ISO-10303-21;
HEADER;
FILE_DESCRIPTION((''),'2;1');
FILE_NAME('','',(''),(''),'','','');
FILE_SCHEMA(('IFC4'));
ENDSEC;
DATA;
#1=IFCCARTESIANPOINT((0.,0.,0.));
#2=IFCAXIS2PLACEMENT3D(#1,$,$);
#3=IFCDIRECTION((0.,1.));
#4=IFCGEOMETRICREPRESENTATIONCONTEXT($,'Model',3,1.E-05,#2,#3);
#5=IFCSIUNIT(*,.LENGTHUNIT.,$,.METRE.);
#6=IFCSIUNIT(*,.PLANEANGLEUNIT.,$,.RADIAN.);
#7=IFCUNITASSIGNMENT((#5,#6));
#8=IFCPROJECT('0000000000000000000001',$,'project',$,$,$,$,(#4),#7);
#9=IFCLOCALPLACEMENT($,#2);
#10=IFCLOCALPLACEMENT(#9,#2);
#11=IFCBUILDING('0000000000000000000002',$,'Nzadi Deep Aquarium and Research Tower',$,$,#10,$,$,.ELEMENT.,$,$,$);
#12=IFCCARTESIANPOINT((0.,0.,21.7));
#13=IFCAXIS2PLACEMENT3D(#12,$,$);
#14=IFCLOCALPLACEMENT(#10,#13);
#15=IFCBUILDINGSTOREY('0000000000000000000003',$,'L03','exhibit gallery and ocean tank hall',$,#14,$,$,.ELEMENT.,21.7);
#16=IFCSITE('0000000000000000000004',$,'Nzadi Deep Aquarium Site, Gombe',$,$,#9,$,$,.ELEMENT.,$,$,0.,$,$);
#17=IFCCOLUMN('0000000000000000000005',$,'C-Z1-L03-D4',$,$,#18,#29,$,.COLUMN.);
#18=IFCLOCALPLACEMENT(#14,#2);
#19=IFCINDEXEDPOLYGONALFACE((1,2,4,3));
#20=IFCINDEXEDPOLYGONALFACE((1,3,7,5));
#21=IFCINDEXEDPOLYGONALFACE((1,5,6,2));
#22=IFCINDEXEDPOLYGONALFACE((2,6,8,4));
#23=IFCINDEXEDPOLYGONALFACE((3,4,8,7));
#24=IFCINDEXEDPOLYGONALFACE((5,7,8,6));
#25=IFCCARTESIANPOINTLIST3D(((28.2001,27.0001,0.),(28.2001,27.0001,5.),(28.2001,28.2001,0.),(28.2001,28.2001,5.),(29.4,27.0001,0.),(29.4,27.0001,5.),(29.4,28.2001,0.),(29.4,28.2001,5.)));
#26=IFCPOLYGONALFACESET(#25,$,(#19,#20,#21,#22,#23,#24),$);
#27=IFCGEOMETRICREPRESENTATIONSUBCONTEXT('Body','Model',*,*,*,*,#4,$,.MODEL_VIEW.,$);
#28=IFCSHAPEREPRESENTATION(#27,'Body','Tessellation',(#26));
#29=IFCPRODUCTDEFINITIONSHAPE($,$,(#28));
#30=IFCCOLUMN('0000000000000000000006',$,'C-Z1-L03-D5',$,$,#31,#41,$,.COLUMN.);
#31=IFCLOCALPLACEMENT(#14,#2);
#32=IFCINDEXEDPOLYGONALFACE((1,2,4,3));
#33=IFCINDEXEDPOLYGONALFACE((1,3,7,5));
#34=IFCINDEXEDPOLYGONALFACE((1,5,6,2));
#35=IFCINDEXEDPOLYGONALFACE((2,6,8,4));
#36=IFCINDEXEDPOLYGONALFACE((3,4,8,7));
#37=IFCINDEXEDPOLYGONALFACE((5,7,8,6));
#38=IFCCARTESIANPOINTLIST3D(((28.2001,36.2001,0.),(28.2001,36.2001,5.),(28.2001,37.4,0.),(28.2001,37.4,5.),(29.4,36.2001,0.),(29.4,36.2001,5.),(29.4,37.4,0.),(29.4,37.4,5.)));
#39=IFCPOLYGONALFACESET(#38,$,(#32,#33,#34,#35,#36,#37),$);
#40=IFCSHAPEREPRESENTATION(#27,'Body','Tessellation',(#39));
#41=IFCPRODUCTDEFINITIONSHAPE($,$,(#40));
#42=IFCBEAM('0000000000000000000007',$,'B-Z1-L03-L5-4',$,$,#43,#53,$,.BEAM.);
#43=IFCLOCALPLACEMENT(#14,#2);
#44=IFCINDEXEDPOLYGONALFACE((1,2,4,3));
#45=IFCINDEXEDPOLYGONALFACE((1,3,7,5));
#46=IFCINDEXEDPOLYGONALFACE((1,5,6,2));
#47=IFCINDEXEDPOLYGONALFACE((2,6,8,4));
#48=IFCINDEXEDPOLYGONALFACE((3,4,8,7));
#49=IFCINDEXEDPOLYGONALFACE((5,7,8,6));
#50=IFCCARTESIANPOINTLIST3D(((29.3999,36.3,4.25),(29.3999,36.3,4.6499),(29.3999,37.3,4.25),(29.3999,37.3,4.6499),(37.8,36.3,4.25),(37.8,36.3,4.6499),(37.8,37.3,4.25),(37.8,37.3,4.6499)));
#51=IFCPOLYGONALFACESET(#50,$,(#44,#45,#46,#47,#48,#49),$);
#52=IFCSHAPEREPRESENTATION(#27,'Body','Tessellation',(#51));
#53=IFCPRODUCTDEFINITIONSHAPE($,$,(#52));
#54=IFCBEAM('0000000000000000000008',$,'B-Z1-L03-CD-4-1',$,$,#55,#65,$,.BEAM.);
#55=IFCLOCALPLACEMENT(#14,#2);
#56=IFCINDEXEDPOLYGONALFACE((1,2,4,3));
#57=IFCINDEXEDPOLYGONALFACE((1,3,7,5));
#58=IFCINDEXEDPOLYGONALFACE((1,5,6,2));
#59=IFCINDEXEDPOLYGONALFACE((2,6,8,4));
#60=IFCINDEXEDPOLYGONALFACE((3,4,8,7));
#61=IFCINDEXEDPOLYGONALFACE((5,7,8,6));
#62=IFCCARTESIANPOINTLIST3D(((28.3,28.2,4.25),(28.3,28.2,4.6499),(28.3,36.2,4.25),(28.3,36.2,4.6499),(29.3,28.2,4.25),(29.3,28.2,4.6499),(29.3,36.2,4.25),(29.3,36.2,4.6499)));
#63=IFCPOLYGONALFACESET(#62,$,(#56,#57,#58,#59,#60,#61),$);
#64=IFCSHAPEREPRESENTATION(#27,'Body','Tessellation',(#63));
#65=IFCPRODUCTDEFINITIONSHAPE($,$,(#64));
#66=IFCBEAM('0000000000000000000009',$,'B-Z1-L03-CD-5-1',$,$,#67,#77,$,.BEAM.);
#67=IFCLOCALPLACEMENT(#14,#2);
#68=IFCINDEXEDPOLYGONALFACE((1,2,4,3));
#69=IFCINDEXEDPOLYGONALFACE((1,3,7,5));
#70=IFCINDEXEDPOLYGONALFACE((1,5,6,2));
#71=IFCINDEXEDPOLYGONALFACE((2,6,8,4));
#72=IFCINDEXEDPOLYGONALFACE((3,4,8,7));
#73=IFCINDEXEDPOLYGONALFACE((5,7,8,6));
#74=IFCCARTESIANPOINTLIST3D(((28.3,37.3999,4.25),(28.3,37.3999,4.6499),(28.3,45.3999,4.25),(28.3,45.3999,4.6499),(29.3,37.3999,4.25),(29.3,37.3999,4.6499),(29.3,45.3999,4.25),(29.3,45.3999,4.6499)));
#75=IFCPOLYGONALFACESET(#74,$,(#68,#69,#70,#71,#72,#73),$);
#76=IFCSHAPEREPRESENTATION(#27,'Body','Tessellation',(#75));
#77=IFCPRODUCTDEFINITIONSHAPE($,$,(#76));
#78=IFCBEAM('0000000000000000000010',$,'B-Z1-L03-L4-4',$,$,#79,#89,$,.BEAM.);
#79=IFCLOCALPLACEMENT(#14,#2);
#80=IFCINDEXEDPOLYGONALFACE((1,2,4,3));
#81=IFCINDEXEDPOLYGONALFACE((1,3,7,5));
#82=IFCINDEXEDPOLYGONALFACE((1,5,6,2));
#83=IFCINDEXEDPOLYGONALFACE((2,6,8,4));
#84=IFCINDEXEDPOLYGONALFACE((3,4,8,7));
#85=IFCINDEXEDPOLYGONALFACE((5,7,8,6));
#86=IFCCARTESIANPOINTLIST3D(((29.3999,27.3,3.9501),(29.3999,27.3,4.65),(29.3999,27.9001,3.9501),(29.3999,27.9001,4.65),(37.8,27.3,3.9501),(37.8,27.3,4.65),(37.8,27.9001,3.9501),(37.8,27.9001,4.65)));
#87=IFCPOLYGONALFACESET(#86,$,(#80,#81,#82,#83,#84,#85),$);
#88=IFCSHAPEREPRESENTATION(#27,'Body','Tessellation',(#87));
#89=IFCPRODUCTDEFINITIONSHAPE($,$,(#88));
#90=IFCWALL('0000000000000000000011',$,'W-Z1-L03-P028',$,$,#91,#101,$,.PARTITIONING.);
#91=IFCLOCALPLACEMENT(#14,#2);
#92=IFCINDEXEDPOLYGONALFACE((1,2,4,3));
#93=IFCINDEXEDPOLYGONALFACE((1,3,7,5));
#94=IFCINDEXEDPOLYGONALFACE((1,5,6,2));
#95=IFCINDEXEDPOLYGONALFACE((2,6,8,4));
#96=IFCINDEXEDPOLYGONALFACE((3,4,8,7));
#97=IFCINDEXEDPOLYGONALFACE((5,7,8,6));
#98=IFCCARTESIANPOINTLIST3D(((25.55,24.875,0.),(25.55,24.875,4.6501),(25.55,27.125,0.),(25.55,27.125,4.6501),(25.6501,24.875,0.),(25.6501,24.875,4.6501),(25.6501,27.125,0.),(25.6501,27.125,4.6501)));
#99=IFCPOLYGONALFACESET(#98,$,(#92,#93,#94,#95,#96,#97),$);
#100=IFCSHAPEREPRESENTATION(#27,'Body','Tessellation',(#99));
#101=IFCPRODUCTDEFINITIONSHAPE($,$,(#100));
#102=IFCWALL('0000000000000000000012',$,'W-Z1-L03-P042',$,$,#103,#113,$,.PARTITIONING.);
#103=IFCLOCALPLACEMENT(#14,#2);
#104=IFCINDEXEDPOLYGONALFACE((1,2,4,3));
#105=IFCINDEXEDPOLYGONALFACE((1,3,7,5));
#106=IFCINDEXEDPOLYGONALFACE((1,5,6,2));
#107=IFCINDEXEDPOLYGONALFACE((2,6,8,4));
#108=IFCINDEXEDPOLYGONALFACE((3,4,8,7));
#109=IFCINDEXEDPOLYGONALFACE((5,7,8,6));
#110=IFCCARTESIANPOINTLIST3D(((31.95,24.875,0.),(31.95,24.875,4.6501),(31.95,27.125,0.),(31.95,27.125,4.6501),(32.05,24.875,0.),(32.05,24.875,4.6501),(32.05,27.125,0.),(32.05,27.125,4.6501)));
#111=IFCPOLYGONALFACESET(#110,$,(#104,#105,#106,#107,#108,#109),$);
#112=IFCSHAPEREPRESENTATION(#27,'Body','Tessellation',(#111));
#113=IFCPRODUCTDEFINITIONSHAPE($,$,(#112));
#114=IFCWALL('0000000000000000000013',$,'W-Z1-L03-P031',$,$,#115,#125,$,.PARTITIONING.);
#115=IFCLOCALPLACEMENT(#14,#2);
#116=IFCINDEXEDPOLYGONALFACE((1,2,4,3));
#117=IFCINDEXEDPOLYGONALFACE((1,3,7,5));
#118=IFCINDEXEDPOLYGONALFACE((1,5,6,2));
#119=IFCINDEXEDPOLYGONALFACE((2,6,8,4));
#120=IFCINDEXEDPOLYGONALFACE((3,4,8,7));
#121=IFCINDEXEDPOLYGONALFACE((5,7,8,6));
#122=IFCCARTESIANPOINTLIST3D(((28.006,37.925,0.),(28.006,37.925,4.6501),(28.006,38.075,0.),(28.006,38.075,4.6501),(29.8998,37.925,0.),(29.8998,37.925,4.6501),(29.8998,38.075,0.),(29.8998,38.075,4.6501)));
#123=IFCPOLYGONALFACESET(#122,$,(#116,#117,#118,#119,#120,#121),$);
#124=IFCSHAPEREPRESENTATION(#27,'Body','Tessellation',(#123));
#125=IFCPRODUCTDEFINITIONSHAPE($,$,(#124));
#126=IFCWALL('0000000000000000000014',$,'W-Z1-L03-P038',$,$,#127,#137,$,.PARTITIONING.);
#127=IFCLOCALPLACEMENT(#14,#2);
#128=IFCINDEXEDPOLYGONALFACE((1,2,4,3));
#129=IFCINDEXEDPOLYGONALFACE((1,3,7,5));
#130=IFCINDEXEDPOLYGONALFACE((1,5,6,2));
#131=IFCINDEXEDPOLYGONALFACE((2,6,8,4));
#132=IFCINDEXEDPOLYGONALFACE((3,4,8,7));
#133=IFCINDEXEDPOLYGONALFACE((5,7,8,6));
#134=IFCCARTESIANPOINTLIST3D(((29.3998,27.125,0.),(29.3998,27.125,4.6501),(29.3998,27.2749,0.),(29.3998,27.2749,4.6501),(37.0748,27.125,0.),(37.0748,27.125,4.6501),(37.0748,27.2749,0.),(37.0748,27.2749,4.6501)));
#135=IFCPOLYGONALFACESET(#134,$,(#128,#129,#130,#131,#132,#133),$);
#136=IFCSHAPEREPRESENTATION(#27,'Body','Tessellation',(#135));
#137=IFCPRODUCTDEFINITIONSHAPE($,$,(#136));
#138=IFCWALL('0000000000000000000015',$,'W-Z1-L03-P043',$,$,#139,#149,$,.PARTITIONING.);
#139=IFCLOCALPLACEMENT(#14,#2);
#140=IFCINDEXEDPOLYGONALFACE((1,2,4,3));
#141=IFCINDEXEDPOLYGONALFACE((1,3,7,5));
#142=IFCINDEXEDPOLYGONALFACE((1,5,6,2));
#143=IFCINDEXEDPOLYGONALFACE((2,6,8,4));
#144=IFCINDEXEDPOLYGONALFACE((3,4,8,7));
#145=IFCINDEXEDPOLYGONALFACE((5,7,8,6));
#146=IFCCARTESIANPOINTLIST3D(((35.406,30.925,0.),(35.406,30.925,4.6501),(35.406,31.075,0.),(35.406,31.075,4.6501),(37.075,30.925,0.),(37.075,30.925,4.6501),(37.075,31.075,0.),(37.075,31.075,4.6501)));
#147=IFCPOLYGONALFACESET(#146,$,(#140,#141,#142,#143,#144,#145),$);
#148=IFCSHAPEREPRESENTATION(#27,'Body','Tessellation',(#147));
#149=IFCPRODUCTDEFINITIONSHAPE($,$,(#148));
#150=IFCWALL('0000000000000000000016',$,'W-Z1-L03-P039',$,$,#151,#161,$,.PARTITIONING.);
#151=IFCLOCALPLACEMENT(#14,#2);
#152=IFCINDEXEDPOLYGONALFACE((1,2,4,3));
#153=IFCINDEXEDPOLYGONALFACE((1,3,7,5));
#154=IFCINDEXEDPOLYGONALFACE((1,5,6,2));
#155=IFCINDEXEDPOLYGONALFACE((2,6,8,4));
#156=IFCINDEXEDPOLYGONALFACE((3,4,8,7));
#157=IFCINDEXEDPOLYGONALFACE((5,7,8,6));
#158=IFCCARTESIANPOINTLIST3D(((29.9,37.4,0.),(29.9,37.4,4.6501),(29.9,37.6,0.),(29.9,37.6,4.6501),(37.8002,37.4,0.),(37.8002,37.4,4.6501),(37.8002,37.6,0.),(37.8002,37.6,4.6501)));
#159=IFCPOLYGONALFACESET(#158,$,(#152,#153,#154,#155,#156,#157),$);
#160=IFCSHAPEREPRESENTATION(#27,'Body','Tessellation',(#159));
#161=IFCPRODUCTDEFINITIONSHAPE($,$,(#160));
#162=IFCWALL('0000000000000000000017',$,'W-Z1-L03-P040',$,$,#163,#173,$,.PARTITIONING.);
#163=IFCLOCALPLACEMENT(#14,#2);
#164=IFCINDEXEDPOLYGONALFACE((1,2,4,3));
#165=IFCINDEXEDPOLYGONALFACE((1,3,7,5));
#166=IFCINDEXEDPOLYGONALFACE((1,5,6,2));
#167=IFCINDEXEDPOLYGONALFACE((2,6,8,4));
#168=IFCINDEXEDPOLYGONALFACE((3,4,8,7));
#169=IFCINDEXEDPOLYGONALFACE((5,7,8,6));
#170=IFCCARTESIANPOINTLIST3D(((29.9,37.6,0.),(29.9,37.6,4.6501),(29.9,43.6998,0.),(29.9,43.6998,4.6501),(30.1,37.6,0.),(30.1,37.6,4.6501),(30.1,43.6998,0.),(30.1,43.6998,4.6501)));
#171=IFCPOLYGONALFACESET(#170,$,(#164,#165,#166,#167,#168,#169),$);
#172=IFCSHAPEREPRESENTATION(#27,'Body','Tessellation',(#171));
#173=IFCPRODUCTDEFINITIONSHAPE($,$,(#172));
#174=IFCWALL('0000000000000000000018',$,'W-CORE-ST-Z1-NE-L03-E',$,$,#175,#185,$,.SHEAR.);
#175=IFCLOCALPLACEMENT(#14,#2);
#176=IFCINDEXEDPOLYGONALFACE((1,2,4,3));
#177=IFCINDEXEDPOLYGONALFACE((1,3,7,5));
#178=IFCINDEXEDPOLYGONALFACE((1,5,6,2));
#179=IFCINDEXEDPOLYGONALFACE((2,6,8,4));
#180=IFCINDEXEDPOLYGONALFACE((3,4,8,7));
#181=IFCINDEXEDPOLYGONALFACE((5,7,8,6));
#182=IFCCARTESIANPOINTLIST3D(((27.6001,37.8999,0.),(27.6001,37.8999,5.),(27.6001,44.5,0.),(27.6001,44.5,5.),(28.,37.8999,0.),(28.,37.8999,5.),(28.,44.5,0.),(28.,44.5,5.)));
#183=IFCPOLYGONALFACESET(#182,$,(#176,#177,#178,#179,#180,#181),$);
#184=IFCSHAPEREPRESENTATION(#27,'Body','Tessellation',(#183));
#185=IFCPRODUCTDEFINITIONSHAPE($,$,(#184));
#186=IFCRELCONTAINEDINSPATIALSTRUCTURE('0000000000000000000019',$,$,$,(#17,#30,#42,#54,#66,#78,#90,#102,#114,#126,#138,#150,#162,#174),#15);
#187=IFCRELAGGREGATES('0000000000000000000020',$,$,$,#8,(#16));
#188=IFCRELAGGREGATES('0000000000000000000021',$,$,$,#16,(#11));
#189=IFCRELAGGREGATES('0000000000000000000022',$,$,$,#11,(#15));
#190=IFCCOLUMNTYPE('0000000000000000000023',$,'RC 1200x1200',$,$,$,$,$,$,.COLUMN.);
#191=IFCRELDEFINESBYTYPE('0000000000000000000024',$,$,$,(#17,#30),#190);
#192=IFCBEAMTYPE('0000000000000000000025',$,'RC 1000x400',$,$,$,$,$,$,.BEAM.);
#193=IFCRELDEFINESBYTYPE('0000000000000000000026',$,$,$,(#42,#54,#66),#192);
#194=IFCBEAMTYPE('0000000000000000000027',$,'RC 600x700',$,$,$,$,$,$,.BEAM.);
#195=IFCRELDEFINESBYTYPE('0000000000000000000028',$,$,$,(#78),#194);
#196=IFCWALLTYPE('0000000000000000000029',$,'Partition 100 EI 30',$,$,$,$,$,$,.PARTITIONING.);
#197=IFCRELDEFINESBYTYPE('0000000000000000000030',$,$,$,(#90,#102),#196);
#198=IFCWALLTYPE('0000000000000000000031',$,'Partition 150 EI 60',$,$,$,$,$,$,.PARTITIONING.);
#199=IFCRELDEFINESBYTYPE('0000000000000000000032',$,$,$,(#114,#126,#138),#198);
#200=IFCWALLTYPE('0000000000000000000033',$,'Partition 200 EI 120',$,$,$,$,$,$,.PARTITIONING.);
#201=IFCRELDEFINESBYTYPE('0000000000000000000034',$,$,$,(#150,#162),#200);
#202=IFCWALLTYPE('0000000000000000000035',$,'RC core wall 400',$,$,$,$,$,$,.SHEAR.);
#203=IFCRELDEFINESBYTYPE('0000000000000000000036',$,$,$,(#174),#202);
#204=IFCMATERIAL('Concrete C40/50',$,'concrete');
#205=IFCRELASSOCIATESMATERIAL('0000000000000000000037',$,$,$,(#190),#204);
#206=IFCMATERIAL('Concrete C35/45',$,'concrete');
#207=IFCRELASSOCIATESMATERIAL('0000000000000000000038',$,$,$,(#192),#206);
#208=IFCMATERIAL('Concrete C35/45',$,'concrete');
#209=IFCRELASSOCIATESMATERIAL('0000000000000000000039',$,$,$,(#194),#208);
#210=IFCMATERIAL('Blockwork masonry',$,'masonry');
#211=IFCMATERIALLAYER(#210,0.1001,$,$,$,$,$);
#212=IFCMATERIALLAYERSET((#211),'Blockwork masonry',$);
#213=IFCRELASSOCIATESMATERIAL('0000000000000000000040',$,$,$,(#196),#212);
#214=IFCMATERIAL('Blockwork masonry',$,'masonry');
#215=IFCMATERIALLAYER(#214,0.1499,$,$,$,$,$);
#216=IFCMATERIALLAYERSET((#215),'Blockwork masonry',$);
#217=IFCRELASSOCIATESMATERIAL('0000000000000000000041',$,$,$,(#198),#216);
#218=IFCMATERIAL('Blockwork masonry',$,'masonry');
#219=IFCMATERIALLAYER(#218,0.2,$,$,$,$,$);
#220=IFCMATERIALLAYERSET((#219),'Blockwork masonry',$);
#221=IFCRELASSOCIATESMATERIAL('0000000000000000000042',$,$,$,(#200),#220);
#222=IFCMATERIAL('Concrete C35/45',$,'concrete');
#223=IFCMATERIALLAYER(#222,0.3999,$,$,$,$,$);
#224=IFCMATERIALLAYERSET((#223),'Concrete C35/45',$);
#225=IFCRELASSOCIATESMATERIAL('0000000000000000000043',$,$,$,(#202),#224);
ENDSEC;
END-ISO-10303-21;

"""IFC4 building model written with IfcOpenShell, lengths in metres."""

from ifc_helpers import new_model, si_unit, direction, frame, frame_2d, origin, origin_2d, place, context, subcontext, project, spatial, rectangle, extrude, material, layer, layer_set, material_profile, profile_set, type_object, element, save


model = new_model("IFC4")

# Units and contexts
model_context = context("Model", 3, precision=1e-05, world=origin(), true_north=direction((0.0, 1.0)))
body_context = subcontext(model_context, "Body", "Model", "MODEL_VIEW")
ifc_project = project(units=[si_unit("LENGTHUNIT", "METRE"), si_unit("PLANEANGLEUNIT", "RADIAN")], contexts=[model_context])

# Site, building, storey
site_placement = place(None, origin())
site = spatial("IfcSite", under=ifc_project, at=site_placement, Name="Nzadi Deep Aquarium Site, Gombe", CompositionType="ELEMENT", RefElevation=0.0)
building_placement = place(site_placement, origin())
building = spatial("IfcBuilding", under=site, at=building_placement, Name="Nzadi Deep Aquarium and Research Tower", CompositionType="ELEMENT")
storey_placement = place(building_placement, frame((0.0, 0.0, 21.7)))
storey = spatial("IfcBuildingStorey", under=building, at=storey_placement, Name="L03", Description="exhibit gallery and ocean tank hall", CompositionType="ELEMENT", Elevation=21.7)

# Columns
ifc_material_1 = material(Name="Concrete C40/50", Category="concrete")
ifc_material_profile_1 = material_profile(ifc_material_1, rectangle(XDim=1.2, YDim=1.2, at=origin_2d()))
ifc_profile_set_1 = profile_set([ifc_material_profile_1], Name="Concrete C40/50")
column_type = type_object("IfcColumnType", Name="RC 1200x1200", PredefinedType="COLUMN", material=ifc_profile_set_1)
for number, where, z_axis, x_axis, name in (
    (1, (28.8, 27.6001, 0.0), (0.0, 0.0, 1.0), (1.0, 0.0, 0.0), "C-Z1-L03-D4"),
    (2, (28.8, 36.8, 0.0), (0.0, 0.0, 1.0), (1.0, 0.0, 0.0), "C-Z1-L03-D5"),
):
    element("IfcColumn", number, at=place(storey_placement, frame(where, z_axis=z_axis, x_axis=x_axis)), inside=storey, type_object=column_type, Name=name, PredefinedType="COLUMN", context=body_context, shape_type="SweptSolid", body=[
        extrude(rectangle(XDim=1.2, YDim=1.2, at=origin_2d()), origin(), (0.0, 0.0, 1.0), 5.0),
    ])

# Beams
ifc_material_2 = material(Name="Concrete C35/45", Category="concrete")
ifc_material_profile_2 = material_profile(ifc_material_2, rectangle(XDim=1.0, YDim=0.3999, at=origin_2d()))
ifc_profile_set_2 = profile_set([ifc_material_profile_2], Name="Concrete C35/45")
beam_type_1 = type_object("IfcBeamType", Name="RC 1000x400", PredefinedType="BEAM", material=ifc_profile_set_2)
beam_1_placement = place(storey_placement, frame((29.3999, 36.8, 4.45), z_axis=(1.0, 0.0, 0.0), x_axis=(0.0, 1.0, 0.0)))
element("IfcBeam", 3, at=beam_1_placement, inside=storey, type_object=beam_type_1, Name="B-Z1-L03-L5-4", PredefinedType="BEAM", context=body_context, shape_type="SweptSolid", body=[
    extrude(rectangle(XDim=1.0, YDim=0.3999, at=origin_2d()), origin(), (0.0, 0.0, 1.0), 8.4001),
])
for number, where, z_axis, x_axis, name in (
    (4, (28.8, 28.2, 4.45), (0.0, 1.0, 0.0), (-1.0, 0.0, 0.0), "B-Z1-L03-CD-4-1"),
    (5, (28.8, 37.3999, 4.45), (0.0, 1.0, 0.0), (-1.0, 0.0, 0.0), "B-Z1-L03-CD-5-1"),
):
    element("IfcBeam", number, at=place(storey_placement, frame(where, z_axis=z_axis, x_axis=x_axis)), inside=storey, type_object=beam_type_1, Name=name, PredefinedType="BEAM", context=body_context, shape_type="SweptSolid", body=[
        extrude(rectangle(XDim=1.0, YDim=0.3999, at=origin_2d()), origin(), (0.0, 0.0, 1.0), 8.0),
    ])
ifc_material_3 = material(Name="Concrete C35/45", Category="concrete")
ifc_material_profile_3 = material_profile(ifc_material_3, rectangle(XDim=0.6001, YDim=0.7, at=origin_2d()))
ifc_profile_set_3 = profile_set([ifc_material_profile_3], Name="Concrete C35/45")
beam_type_2 = type_object("IfcBeamType", Name="RC 600x700", PredefinedType="BEAM", material=ifc_profile_set_3)
beam_2_placement = place(storey_placement, frame((29.3999, 27.6001, 4.3), z_axis=(1.0, 0.0, 0.0), x_axis=(0.0, 1.0, 0.0)))
element("IfcBeam", 6, at=beam_2_placement, inside=storey, type_object=beam_type_2, Name="B-Z1-L03-L4-4", PredefinedType="BEAM", context=body_context, shape_type="SweptSolid", body=[
    extrude(rectangle(XDim=0.6001, YDim=0.7, at=origin_2d()), origin(), (0.0, 0.0, 1.0), 8.4001),
])

# Walls
ifc_material_4 = material(Name="Blockwork masonry", Category="masonry")
ifc_layer_1 = layer(ifc_material_4, 0.1001)
ifc_layer_set_1 = layer_set([ifc_layer_1], Name="Blockwork masonry")
wall_type_1 = type_object("IfcWallType", Name="Partition 100 EI 30", PredefinedType="PARTITIONING", material=ifc_layer_set_1)
for number, where, z_axis, x_axis, name in (
    (7, (25.6001, 24.875, 0.0), (0.0, 0.0, 1.0), (0.0, 1.0, 0.0), "W-Z1-L03-P028"),
    (8, (32.0, 24.875, 0.0), (0.0, 0.0, 1.0), (0.0, 1.0, 0.0), "W-Z1-L03-P042"),
):
    element("IfcWall", number, at=place(storey_placement, frame(where, z_axis=z_axis, x_axis=x_axis)), inside=storey, type_object=wall_type_1, Name=name, PredefinedType="PARTITIONING", context=body_context, shape_type="SweptSolid", body=[
        extrude(rectangle(XDim=2.25, YDim=0.1001, at=frame_2d((1.125, 0.0))), origin(), (0.0, 0.0, 1.0), 4.6501),
    ])
ifc_material_5 = material(Name="Blockwork masonry", Category="masonry")
ifc_layer_2 = layer(ifc_material_5, 0.1499)
ifc_layer_set_2 = layer_set([ifc_layer_2], Name="Blockwork masonry")
wall_type_2 = type_object("IfcWallType", Name="Partition 150 EI 60", PredefinedType="PARTITIONING", material=ifc_layer_set_2)
wall_1_placement = place(storey_placement, frame((28.0061, 38.0, 0.0), z_axis=(0.0, 0.0, 1.0), x_axis=(1.0, 0.0, 0.0)))
element("IfcWall", 9, at=wall_1_placement, inside=storey, type_object=wall_type_2, Name="W-Z1-L03-P031", PredefinedType="PARTITIONING", context=body_context, shape_type="SweptSolid", body=[
    extrude(rectangle(XDim=1.8938, YDim=0.1499, at=frame_2d((0.9468, 0.0))), origin(), (0.0, 0.0, 1.0), 4.6501),
])
wall_2_placement = place(storey_placement, frame((29.3999, 27.2, 0.0), z_axis=(0.0, 0.0, 1.0), x_axis=(1.0, 0.0, 0.0)))
element("IfcWall", 10, at=wall_2_placement, inside=storey, type_object=wall_type_2, Name="W-Z1-L03-P038", PredefinedType="PARTITIONING", context=body_context, shape_type="SweptSolid", body=[
    extrude(rectangle(XDim=7.675, YDim=0.1499, at=frame_2d((3.8374, 0.0))), origin(), (0.0, 0.0, 1.0), 4.6501),
])
wall_3_placement = place(storey_placement, frame((35.406, 31.0, 0.0), z_axis=(0.0, 0.0, 1.0), x_axis=(1.0, 0.0, 0.0)))
element("IfcWall", 11, at=wall_3_placement, inside=storey, type_object=wall_type_2, Name="W-Z1-L03-P043", PredefinedType="PARTITIONING", context=body_context, shape_type="SweptSolid", body=[
    extrude(rectangle(XDim=1.6689, YDim=0.1499, at=frame_2d((0.8345, 0.0))), origin(), (0.0, 0.0, 1.0), 4.6501),
])
ifc_material_6 = material(Name="Blockwork masonry", Category="masonry")
ifc_layer_3 = layer(ifc_material_6, 0.2)
ifc_layer_set_3 = layer_set([ifc_layer_3], Name="Blockwork masonry")
wall_type_3 = type_object("IfcWallType", Name="Partition 200 EI 120", PredefinedType="PARTITIONING", material=ifc_layer_set_3)
wall_4_placement = place(storey_placement, frame((29.8999, 37.5, 0.0), z_axis=(0.0, 0.0, 1.0), x_axis=(1.0, 0.0, 0.0)))
element("IfcWall", 12, at=wall_4_placement, inside=storey, type_object=wall_type_3, Name="W-Z1-L03-P039", PredefinedType="PARTITIONING", context=body_context, shape_type="SweptSolid", body=[
    extrude(rectangle(XDim=7.9001, YDim=0.2, at=frame_2d((3.9502, 0.0))), origin(), (0.0, 0.0, 1.0), 4.6501),
])
wall_5_placement = place(storey_placement, frame((30.0, 37.6001, 0.0), z_axis=(0.0, 0.0, 1.0), x_axis=(0.0, 1.0, 0.0)))
element("IfcWall", 13, at=wall_5_placement, inside=storey, type_object=wall_type_3, Name="W-Z1-L03-P040", PredefinedType="PARTITIONING", context=body_context, shape_type="SweptSolid", body=[
    extrude(rectangle(XDim=6.0999, YDim=0.2, at=frame_2d((3.0498, 0.0))), origin(), (0.0, 0.0, 1.0), 4.6501),
])
ifc_material_7 = material(Name="Concrete C35/45", Category="concrete")
ifc_layer_4 = layer(ifc_material_7, 0.3999)
ifc_layer_set_4 = layer_set([ifc_layer_4], Name="Concrete C35/45")
wall_type_4 = type_object("IfcWallType", Name="RC core wall 400", PredefinedType="SHEAR", material=ifc_layer_set_4)
wall_6_placement = place(storey_placement, frame((27.8, 37.8999, 0.0), z_axis=(0.0, 0.0, 1.0), x_axis=(0.0, 1.0, 0.0)))
element("IfcWall", 14, at=wall_6_placement, inside=storey, type_object=wall_type_4, Name="W-CORE-ST-Z1-NE-L03-E", PredefinedType="SHEAR", context=body_context, shape_type="SweptSolid", body=[
    extrude(rectangle(XDim=6.6001, YDim=0.3999, at=frame_2d((3.3, 0.0))), origin(), (0.0, 0.0, 1.0), 5.0),
])

save(model, "model.ifc")
